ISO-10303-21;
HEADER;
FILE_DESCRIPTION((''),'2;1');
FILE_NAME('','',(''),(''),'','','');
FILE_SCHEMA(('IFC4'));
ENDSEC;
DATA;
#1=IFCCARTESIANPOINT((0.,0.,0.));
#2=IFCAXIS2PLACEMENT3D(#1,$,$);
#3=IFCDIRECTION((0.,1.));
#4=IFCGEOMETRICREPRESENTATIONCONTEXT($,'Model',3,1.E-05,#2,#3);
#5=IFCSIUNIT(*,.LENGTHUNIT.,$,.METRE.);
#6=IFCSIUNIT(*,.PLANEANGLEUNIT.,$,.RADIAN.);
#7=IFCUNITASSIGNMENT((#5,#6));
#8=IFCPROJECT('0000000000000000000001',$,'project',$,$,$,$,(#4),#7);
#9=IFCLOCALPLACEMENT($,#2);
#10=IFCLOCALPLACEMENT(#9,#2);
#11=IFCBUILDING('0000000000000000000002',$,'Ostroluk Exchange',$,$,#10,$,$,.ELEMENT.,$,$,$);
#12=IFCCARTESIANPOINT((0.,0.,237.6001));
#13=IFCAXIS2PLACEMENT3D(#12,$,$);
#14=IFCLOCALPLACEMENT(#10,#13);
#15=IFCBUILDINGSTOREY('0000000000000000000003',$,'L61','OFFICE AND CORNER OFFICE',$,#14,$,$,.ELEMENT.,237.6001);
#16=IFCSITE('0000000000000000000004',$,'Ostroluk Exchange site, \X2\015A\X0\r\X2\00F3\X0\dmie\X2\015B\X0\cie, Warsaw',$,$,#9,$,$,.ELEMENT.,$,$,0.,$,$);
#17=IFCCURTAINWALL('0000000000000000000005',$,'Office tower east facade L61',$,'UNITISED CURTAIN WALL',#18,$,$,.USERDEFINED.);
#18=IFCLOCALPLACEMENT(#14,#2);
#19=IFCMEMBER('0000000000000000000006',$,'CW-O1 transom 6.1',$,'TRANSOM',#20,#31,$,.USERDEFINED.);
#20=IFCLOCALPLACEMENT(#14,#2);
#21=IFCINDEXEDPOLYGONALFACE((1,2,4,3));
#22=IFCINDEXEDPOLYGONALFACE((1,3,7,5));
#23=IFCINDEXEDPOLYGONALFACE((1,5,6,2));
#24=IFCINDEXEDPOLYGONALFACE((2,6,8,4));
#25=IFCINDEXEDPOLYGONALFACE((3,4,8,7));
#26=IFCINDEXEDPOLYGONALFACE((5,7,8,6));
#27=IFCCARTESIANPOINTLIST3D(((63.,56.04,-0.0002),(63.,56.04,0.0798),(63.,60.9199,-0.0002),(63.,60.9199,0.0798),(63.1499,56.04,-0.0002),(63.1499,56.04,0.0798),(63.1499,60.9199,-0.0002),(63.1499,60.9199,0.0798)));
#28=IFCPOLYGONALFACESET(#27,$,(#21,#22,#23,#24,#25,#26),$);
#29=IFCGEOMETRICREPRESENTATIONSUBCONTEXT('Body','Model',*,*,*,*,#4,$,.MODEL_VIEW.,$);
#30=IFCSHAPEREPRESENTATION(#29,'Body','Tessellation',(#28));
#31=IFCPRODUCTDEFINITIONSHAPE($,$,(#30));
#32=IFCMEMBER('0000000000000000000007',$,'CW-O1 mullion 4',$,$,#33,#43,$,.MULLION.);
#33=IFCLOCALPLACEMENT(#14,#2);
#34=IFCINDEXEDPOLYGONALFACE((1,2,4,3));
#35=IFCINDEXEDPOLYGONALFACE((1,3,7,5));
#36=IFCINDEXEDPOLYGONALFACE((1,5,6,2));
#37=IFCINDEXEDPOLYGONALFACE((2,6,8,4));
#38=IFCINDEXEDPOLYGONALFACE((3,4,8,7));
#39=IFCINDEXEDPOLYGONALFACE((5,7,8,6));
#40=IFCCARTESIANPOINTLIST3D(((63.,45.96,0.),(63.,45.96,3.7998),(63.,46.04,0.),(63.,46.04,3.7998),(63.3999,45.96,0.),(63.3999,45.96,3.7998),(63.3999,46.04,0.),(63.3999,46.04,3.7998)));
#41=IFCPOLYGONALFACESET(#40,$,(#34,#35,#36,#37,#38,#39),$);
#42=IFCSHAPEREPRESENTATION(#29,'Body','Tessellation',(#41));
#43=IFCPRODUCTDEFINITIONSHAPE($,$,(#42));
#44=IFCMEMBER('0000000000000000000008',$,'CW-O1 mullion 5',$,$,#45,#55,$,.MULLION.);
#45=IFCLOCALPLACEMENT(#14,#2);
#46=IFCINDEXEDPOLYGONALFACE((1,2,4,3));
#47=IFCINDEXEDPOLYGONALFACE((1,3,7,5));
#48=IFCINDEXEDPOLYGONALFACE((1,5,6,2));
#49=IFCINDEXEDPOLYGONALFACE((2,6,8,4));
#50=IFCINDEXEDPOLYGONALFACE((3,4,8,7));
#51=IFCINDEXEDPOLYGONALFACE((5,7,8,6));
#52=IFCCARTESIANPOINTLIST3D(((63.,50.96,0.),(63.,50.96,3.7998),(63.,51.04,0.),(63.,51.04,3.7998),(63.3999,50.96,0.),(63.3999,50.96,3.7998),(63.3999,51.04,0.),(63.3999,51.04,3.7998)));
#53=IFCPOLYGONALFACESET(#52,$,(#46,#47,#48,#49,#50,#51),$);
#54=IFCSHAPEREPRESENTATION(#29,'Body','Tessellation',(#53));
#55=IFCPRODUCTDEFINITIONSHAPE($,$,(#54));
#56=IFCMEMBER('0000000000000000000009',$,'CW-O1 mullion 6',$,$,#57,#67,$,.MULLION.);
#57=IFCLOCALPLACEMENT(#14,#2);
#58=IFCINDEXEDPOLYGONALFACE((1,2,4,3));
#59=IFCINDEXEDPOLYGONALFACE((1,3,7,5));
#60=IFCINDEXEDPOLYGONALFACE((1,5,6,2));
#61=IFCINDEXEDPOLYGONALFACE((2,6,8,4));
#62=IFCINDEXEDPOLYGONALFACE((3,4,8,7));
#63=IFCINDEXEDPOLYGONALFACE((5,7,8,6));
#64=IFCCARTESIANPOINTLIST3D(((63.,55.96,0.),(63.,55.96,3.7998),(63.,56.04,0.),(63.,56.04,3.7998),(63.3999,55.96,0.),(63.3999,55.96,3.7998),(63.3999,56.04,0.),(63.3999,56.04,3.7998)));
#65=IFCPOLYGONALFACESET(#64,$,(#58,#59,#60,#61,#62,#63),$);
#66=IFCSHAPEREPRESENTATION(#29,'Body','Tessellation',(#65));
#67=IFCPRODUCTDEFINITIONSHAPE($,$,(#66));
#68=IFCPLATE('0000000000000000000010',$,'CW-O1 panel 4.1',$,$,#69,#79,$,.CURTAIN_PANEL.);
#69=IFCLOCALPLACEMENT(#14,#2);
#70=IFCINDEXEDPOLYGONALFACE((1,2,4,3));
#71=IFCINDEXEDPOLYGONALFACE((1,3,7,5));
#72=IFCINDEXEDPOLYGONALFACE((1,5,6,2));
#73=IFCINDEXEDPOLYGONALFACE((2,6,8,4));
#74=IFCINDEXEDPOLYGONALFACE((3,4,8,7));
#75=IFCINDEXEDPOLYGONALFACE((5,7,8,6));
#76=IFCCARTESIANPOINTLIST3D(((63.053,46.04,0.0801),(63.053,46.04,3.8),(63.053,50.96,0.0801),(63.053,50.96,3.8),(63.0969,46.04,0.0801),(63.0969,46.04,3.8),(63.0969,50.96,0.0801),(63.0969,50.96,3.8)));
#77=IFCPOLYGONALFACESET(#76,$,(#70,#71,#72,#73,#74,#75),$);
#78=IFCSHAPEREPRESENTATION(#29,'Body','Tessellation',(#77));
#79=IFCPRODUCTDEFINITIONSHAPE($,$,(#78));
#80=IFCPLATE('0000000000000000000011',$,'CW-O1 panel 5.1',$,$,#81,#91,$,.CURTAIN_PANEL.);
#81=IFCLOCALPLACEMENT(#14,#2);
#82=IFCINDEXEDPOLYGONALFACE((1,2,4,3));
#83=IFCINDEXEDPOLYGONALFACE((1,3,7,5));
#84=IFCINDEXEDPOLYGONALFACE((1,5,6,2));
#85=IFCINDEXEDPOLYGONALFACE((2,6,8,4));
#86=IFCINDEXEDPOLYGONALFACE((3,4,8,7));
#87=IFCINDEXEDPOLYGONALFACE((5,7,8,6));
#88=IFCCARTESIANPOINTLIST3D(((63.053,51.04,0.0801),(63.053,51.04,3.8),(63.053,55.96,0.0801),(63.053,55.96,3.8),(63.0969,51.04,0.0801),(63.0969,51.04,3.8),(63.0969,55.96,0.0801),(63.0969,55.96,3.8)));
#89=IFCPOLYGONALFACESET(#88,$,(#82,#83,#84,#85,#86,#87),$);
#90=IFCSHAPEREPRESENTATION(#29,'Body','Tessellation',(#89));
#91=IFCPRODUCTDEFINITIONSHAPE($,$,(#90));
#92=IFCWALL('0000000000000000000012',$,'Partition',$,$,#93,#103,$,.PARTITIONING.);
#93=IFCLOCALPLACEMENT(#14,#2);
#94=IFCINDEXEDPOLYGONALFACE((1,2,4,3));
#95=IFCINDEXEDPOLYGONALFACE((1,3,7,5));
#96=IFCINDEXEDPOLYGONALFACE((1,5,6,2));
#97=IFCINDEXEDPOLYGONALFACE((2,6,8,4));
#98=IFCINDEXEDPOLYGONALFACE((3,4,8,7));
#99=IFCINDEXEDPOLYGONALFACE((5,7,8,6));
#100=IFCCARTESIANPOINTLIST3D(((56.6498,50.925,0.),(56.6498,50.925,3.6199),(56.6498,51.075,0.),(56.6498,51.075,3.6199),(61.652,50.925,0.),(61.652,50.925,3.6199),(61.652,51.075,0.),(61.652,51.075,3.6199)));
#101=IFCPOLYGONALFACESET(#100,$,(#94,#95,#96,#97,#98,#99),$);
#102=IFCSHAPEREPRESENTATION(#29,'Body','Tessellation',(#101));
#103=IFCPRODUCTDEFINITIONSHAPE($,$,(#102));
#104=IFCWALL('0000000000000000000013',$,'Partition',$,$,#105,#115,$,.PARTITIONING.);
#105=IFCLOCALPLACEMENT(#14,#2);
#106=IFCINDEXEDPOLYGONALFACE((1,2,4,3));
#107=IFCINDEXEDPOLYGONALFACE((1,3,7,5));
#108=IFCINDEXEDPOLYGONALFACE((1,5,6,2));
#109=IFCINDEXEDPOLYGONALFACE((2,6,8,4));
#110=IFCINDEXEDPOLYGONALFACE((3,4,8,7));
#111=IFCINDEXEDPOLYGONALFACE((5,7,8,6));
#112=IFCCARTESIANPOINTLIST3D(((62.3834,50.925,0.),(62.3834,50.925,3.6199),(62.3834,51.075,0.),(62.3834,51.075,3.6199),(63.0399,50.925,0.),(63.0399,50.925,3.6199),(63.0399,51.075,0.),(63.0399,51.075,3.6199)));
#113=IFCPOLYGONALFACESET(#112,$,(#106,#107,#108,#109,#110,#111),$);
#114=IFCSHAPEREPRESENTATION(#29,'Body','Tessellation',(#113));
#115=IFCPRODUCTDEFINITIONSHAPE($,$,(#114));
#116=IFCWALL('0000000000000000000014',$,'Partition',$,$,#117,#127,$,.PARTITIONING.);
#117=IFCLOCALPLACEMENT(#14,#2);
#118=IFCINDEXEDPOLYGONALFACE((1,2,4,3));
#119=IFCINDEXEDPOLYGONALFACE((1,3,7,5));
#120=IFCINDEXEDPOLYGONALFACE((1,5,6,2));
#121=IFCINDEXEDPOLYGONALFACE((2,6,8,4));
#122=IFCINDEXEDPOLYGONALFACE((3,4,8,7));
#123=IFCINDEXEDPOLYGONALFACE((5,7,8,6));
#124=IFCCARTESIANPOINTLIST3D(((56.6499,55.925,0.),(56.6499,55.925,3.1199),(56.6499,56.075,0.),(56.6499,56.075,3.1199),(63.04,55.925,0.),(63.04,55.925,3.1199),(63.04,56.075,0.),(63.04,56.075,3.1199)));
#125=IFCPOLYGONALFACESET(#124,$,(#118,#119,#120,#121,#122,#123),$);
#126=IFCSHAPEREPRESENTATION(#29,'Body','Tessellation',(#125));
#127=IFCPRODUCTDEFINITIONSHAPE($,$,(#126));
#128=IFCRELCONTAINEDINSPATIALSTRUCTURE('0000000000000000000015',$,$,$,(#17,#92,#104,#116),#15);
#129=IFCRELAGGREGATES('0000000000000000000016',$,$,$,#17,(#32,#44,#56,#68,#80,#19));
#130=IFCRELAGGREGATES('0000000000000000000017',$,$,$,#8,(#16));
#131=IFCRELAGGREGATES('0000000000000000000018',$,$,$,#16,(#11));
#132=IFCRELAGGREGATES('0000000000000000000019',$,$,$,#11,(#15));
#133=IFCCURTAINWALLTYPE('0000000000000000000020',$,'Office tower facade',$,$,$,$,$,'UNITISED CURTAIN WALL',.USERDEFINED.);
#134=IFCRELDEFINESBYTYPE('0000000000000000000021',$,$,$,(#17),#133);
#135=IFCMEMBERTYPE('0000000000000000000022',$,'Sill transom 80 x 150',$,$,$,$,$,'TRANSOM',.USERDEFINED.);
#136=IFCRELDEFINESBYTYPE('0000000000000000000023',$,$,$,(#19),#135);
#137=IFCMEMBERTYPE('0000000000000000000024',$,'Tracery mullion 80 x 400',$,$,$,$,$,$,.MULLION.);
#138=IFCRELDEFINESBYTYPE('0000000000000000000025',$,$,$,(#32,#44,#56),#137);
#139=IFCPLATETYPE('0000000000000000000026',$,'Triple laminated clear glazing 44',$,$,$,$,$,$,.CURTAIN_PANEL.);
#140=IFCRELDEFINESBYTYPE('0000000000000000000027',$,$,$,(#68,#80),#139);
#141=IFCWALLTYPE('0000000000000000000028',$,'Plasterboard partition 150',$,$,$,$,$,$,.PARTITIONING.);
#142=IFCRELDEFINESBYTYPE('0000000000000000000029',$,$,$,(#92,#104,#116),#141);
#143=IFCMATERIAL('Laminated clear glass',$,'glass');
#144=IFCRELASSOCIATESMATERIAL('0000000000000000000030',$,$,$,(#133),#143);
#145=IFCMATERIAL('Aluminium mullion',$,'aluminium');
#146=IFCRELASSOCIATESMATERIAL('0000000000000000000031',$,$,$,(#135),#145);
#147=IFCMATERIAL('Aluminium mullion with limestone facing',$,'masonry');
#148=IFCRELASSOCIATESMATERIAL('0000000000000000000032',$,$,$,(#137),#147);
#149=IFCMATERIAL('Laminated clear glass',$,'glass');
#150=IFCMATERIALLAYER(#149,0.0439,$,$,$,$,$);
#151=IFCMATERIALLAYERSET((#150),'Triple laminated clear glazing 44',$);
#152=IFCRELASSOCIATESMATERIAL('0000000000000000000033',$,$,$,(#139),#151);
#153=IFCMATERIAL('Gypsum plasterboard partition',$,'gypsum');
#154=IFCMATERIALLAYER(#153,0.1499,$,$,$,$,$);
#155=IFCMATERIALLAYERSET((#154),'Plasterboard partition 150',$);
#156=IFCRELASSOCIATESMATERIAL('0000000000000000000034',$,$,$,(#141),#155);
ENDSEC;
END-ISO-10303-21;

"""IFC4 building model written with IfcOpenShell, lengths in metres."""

from ifc_helpers import new_model, si_unit, direction, frame, frame_2d, origin, origin_2d, place, context, subcontext, project, spatial, rectangle, extrude, material, layer, layer_set, material_profile, profile_set, type_object, element, aggregate, save


model = new_model("IFC4")

# Units and contexts
model_context = context("Model", 3, precision=1e-05, world=origin(), true_north=direction((0.0, 1.0)))
body_context = subcontext(model_context, "Body", "Model", "MODEL_VIEW")
ifc_project = project(units=[si_unit("LENGTHUNIT", "METRE"), si_unit("PLANEANGLEUNIT", "RADIAN")], contexts=[model_context])

# Site, building, storey
site_placement = place(None, origin())
site = spatial("IfcSite", under=ifc_project, at=site_placement, Name="Ostroluk Exchange site, Śródmieście, Warsaw", CompositionType="ELEMENT", RefElevation=0.0)
building_placement = place(site_placement, origin())
building = spatial("IfcBuilding", under=site, at=building_placement, Name="Ostroluk Exchange", CompositionType="ELEMENT")
storey_placement = place(building_placement, frame((0.0, 0.0, 237.6001)))
storey = spatial("IfcBuildingStorey", under=building, at=storey_placement, Name="L61", Description="OFFICE AND CORNER OFFICE", CompositionType="ELEMENT", Elevation=237.6001)

# Curtain wall, members, plates
ifc_material_1 = material(Name="Laminated clear glass", Category="glass")
curtain_wall_type = type_object("IfcCurtainWallType", Name="Office tower facade", ElementType="UNITISED CURTAIN WALL", PredefinedType="USERDEFINED", material=ifc_material_1)
curtain_wall_placement = place(storey_placement, origin())
curtain_wall = element("IfcCurtainWall", 1, at=curtain_wall_placement, inside=storey, type_object=curtain_wall_type, Name="Office tower east facade L61", ObjectType="UNITISED CURTAIN WALL", PredefinedType="USERDEFINED")
ifc_material_2 = material(Name="Aluminium mullion", Category="aluminium")
ifc_material_profile_1 = material_profile(ifc_material_2, rectangle(XDim=0.1499, YDim=0.0801, at=origin_2d()), Name="Sill transom 80 x 150")
ifc_profile_set_1 = profile_set([ifc_material_profile_1], Name="Aluminium mullion")
member_type_1 = type_object("IfcMemberType", Name="Sill transom 80 x 150", ElementType="TRANSOM", PredefinedType="USERDEFINED", material=ifc_profile_set_1)
member_1_placement = place(storey_placement, frame((63.075, 56.04, 0.0398), z_axis=(0.0, 1.0, 0.0), x_axis=(-1.0, 0.0, 0.0)))
member_1 = element("IfcMember", 2, at=member_1_placement, type_object=member_type_1, Name="CW-O1 transom 6.1", ObjectType="TRANSOM", PredefinedType="USERDEFINED", context=body_context, shape_type="SweptSolid", body=[
    extrude(rectangle(XDim=0.1499, YDim=0.0801, at=origin_2d()), origin(), (0.0, 0.0, 1.0), 4.8799),
])
ifc_material_3 = material(Name="Aluminium mullion with limestone facing", Category="masonry")
ifc_material_profile_2 = material_profile(ifc_material_3, rectangle(XDim=0.3999, YDim=0.0801, at=origin_2d()), Name="Tracery mullion 80 x 400")
ifc_profile_set_2 = profile_set([ifc_material_profile_2], Name="Aluminium mullion with limestone facing")
member_type_2 = type_object("IfcMemberType", Name="Tracery mullion 80 x 400", PredefinedType="MULLION", material=ifc_profile_set_2)
member_2_placement = place(storey_placement, frame((63.2, 46.0, 0.0), z_axis=(0.0, 0.0, 1.0), x_axis=(-1.0, 0.0, 0.0)))
member_2 = element("IfcMember", 3, at=member_2_placement, type_object=member_type_2, Name="CW-O1 mullion 4", PredefinedType="MULLION", context=body_context, shape_type="SweptSolid", body=[
    extrude(rectangle(XDim=0.3999, YDim=0.0801, at=origin_2d()), origin(), (0.0, 0.0, 1.0), 3.7998),
])
member_3_placement = place(storey_placement, frame((63.2, 51.0, 0.0), z_axis=(0.0, 0.0, 1.0), x_axis=(-1.0, 0.0, 0.0)))
member_3 = element("IfcMember", 4, at=member_3_placement, type_object=member_type_2, Name="CW-O1 mullion 5", PredefinedType="MULLION", context=body_context, shape_type="SweptSolid", body=[
    extrude(rectangle(XDim=0.3999, YDim=0.0801, at=origin_2d()), origin(), (0.0, 0.0, 1.0), 3.7998),
])
member_4_placement = place(storey_placement, frame((63.2, 56.0, 0.0), z_axis=(0.0, 0.0, 1.0), x_axis=(-1.0, 0.0, 0.0)))
member_4 = element("IfcMember", 5, at=member_4_placement, type_object=member_type_2, Name="CW-O1 mullion 6", PredefinedType="MULLION", context=body_context, shape_type="SweptSolid", body=[
    extrude(rectangle(XDim=0.3999, YDim=0.0801, at=origin_2d()), origin(), (0.0, 0.0, 1.0), 3.7998),
])
ifc_material_4 = material(Name="Laminated clear glass", Category="glass")
ifc_layer_1 = layer(ifc_material_4, 0.0439)
ifc_layer_set_1 = layer_set([ifc_layer_1], Name="Triple laminated clear glazing 44")
plate_type = type_object("IfcPlateType", Name="Triple laminated clear glazing 44", PredefinedType="CURTAIN_PANEL", material=ifc_layer_set_1)
plate_1_placement = place(storey_placement, frame((63.075, 48.5, 0.0801), z_axis=(0.0, 0.0, 1.0), x_axis=(0.0, 1.0, 0.0)))
plate_1 = element("IfcPlate", 6, at=plate_1_placement, type_object=plate_type, Name="CW-O1 panel 4.1", PredefinedType="CURTAIN_PANEL", context=body_context, shape_type="SweptSolid", body=[
    extrude(rectangle(XDim=4.9199, YDim=0.0439, at=origin_2d()), origin(), (0.0, 0.0, 1.0), 3.72),
])
plate_2_placement = place(storey_placement, frame((63.075, 53.5, 0.0801), z_axis=(0.0, 0.0, 1.0), x_axis=(0.0, 1.0, 0.0)))
plate_2 = element("IfcPlate", 7, at=plate_2_placement, type_object=plate_type, Name="CW-O1 panel 5.1", PredefinedType="CURTAIN_PANEL", context=body_context, shape_type="SweptSolid", body=[
    extrude(rectangle(XDim=4.9199, YDim=0.0439, at=origin_2d()), origin(), (0.0, 0.0, 1.0), 3.72),
])
aggregate(curtain_wall, [member_2, member_3, member_4, plate_1, plate_2, member_1])

# Walls
ifc_material_5 = material(Name="Gypsum plasterboard partition", Category="gypsum")
ifc_layer_2 = layer(ifc_material_5, 0.1499)
ifc_layer_set_2 = layer_set([ifc_layer_2], Name="Plasterboard partition 150")
wall_type = type_object("IfcWallType", Name="Plasterboard partition 150", PredefinedType="PARTITIONING", material=ifc_layer_set_2)
wall_1_placement = place(storey_placement, frame((56.6499, 51.0, 0.0), z_axis=(0.0, 0.0, 1.0), x_axis=(1.0, 0.0, 0.0)))
element("IfcWall", 8, at=wall_1_placement, inside=storey, type_object=wall_type, Name="Partition", PredefinedType="PARTITIONING", context=body_context, shape_type="SweptSolid", body=[
    extrude(rectangle(XDim=5.0022, YDim=0.1499, at=frame_2d((2.501, 0.0))), origin(), (0.0, 0.0, 1.0), 3.6199),
])
wall_2_placement = place(storey_placement, frame((62.3835, 51.0, 0.0), z_axis=(0.0, 0.0, 1.0), x_axis=(1.0, 0.0, 0.0)))
element("IfcWall", 9, at=wall_2_placement, inside=storey, type_object=wall_type, Name="Partition", PredefinedType="PARTITIONING", context=body_context, shape_type="SweptSolid", body=[
    extrude(rectangle(XDim=0.6565, YDim=0.1499, at=frame_2d((0.3281, 0.0))), origin(), (0.0, 0.0, 1.0), 3.6199),
])
wall_3_placement = place(storey_placement, frame((56.6499, 56.0, 0.0), z_axis=(0.0, 0.0, 1.0), x_axis=(1.0, 0.0, 0.0)))
element("IfcWall", 10, at=wall_3_placement, inside=storey, type_object=wall_type, Name="Partition", PredefinedType="PARTITIONING", context=body_context, shape_type="SweptSolid", body=[
    extrude(rectangle(XDim=6.3901, YDim=0.1499, at=frame_2d((3.1951, 0.0))), origin(), (0.0, 0.0, 1.0), 3.1199),
])

save(model, "model.ifc")
